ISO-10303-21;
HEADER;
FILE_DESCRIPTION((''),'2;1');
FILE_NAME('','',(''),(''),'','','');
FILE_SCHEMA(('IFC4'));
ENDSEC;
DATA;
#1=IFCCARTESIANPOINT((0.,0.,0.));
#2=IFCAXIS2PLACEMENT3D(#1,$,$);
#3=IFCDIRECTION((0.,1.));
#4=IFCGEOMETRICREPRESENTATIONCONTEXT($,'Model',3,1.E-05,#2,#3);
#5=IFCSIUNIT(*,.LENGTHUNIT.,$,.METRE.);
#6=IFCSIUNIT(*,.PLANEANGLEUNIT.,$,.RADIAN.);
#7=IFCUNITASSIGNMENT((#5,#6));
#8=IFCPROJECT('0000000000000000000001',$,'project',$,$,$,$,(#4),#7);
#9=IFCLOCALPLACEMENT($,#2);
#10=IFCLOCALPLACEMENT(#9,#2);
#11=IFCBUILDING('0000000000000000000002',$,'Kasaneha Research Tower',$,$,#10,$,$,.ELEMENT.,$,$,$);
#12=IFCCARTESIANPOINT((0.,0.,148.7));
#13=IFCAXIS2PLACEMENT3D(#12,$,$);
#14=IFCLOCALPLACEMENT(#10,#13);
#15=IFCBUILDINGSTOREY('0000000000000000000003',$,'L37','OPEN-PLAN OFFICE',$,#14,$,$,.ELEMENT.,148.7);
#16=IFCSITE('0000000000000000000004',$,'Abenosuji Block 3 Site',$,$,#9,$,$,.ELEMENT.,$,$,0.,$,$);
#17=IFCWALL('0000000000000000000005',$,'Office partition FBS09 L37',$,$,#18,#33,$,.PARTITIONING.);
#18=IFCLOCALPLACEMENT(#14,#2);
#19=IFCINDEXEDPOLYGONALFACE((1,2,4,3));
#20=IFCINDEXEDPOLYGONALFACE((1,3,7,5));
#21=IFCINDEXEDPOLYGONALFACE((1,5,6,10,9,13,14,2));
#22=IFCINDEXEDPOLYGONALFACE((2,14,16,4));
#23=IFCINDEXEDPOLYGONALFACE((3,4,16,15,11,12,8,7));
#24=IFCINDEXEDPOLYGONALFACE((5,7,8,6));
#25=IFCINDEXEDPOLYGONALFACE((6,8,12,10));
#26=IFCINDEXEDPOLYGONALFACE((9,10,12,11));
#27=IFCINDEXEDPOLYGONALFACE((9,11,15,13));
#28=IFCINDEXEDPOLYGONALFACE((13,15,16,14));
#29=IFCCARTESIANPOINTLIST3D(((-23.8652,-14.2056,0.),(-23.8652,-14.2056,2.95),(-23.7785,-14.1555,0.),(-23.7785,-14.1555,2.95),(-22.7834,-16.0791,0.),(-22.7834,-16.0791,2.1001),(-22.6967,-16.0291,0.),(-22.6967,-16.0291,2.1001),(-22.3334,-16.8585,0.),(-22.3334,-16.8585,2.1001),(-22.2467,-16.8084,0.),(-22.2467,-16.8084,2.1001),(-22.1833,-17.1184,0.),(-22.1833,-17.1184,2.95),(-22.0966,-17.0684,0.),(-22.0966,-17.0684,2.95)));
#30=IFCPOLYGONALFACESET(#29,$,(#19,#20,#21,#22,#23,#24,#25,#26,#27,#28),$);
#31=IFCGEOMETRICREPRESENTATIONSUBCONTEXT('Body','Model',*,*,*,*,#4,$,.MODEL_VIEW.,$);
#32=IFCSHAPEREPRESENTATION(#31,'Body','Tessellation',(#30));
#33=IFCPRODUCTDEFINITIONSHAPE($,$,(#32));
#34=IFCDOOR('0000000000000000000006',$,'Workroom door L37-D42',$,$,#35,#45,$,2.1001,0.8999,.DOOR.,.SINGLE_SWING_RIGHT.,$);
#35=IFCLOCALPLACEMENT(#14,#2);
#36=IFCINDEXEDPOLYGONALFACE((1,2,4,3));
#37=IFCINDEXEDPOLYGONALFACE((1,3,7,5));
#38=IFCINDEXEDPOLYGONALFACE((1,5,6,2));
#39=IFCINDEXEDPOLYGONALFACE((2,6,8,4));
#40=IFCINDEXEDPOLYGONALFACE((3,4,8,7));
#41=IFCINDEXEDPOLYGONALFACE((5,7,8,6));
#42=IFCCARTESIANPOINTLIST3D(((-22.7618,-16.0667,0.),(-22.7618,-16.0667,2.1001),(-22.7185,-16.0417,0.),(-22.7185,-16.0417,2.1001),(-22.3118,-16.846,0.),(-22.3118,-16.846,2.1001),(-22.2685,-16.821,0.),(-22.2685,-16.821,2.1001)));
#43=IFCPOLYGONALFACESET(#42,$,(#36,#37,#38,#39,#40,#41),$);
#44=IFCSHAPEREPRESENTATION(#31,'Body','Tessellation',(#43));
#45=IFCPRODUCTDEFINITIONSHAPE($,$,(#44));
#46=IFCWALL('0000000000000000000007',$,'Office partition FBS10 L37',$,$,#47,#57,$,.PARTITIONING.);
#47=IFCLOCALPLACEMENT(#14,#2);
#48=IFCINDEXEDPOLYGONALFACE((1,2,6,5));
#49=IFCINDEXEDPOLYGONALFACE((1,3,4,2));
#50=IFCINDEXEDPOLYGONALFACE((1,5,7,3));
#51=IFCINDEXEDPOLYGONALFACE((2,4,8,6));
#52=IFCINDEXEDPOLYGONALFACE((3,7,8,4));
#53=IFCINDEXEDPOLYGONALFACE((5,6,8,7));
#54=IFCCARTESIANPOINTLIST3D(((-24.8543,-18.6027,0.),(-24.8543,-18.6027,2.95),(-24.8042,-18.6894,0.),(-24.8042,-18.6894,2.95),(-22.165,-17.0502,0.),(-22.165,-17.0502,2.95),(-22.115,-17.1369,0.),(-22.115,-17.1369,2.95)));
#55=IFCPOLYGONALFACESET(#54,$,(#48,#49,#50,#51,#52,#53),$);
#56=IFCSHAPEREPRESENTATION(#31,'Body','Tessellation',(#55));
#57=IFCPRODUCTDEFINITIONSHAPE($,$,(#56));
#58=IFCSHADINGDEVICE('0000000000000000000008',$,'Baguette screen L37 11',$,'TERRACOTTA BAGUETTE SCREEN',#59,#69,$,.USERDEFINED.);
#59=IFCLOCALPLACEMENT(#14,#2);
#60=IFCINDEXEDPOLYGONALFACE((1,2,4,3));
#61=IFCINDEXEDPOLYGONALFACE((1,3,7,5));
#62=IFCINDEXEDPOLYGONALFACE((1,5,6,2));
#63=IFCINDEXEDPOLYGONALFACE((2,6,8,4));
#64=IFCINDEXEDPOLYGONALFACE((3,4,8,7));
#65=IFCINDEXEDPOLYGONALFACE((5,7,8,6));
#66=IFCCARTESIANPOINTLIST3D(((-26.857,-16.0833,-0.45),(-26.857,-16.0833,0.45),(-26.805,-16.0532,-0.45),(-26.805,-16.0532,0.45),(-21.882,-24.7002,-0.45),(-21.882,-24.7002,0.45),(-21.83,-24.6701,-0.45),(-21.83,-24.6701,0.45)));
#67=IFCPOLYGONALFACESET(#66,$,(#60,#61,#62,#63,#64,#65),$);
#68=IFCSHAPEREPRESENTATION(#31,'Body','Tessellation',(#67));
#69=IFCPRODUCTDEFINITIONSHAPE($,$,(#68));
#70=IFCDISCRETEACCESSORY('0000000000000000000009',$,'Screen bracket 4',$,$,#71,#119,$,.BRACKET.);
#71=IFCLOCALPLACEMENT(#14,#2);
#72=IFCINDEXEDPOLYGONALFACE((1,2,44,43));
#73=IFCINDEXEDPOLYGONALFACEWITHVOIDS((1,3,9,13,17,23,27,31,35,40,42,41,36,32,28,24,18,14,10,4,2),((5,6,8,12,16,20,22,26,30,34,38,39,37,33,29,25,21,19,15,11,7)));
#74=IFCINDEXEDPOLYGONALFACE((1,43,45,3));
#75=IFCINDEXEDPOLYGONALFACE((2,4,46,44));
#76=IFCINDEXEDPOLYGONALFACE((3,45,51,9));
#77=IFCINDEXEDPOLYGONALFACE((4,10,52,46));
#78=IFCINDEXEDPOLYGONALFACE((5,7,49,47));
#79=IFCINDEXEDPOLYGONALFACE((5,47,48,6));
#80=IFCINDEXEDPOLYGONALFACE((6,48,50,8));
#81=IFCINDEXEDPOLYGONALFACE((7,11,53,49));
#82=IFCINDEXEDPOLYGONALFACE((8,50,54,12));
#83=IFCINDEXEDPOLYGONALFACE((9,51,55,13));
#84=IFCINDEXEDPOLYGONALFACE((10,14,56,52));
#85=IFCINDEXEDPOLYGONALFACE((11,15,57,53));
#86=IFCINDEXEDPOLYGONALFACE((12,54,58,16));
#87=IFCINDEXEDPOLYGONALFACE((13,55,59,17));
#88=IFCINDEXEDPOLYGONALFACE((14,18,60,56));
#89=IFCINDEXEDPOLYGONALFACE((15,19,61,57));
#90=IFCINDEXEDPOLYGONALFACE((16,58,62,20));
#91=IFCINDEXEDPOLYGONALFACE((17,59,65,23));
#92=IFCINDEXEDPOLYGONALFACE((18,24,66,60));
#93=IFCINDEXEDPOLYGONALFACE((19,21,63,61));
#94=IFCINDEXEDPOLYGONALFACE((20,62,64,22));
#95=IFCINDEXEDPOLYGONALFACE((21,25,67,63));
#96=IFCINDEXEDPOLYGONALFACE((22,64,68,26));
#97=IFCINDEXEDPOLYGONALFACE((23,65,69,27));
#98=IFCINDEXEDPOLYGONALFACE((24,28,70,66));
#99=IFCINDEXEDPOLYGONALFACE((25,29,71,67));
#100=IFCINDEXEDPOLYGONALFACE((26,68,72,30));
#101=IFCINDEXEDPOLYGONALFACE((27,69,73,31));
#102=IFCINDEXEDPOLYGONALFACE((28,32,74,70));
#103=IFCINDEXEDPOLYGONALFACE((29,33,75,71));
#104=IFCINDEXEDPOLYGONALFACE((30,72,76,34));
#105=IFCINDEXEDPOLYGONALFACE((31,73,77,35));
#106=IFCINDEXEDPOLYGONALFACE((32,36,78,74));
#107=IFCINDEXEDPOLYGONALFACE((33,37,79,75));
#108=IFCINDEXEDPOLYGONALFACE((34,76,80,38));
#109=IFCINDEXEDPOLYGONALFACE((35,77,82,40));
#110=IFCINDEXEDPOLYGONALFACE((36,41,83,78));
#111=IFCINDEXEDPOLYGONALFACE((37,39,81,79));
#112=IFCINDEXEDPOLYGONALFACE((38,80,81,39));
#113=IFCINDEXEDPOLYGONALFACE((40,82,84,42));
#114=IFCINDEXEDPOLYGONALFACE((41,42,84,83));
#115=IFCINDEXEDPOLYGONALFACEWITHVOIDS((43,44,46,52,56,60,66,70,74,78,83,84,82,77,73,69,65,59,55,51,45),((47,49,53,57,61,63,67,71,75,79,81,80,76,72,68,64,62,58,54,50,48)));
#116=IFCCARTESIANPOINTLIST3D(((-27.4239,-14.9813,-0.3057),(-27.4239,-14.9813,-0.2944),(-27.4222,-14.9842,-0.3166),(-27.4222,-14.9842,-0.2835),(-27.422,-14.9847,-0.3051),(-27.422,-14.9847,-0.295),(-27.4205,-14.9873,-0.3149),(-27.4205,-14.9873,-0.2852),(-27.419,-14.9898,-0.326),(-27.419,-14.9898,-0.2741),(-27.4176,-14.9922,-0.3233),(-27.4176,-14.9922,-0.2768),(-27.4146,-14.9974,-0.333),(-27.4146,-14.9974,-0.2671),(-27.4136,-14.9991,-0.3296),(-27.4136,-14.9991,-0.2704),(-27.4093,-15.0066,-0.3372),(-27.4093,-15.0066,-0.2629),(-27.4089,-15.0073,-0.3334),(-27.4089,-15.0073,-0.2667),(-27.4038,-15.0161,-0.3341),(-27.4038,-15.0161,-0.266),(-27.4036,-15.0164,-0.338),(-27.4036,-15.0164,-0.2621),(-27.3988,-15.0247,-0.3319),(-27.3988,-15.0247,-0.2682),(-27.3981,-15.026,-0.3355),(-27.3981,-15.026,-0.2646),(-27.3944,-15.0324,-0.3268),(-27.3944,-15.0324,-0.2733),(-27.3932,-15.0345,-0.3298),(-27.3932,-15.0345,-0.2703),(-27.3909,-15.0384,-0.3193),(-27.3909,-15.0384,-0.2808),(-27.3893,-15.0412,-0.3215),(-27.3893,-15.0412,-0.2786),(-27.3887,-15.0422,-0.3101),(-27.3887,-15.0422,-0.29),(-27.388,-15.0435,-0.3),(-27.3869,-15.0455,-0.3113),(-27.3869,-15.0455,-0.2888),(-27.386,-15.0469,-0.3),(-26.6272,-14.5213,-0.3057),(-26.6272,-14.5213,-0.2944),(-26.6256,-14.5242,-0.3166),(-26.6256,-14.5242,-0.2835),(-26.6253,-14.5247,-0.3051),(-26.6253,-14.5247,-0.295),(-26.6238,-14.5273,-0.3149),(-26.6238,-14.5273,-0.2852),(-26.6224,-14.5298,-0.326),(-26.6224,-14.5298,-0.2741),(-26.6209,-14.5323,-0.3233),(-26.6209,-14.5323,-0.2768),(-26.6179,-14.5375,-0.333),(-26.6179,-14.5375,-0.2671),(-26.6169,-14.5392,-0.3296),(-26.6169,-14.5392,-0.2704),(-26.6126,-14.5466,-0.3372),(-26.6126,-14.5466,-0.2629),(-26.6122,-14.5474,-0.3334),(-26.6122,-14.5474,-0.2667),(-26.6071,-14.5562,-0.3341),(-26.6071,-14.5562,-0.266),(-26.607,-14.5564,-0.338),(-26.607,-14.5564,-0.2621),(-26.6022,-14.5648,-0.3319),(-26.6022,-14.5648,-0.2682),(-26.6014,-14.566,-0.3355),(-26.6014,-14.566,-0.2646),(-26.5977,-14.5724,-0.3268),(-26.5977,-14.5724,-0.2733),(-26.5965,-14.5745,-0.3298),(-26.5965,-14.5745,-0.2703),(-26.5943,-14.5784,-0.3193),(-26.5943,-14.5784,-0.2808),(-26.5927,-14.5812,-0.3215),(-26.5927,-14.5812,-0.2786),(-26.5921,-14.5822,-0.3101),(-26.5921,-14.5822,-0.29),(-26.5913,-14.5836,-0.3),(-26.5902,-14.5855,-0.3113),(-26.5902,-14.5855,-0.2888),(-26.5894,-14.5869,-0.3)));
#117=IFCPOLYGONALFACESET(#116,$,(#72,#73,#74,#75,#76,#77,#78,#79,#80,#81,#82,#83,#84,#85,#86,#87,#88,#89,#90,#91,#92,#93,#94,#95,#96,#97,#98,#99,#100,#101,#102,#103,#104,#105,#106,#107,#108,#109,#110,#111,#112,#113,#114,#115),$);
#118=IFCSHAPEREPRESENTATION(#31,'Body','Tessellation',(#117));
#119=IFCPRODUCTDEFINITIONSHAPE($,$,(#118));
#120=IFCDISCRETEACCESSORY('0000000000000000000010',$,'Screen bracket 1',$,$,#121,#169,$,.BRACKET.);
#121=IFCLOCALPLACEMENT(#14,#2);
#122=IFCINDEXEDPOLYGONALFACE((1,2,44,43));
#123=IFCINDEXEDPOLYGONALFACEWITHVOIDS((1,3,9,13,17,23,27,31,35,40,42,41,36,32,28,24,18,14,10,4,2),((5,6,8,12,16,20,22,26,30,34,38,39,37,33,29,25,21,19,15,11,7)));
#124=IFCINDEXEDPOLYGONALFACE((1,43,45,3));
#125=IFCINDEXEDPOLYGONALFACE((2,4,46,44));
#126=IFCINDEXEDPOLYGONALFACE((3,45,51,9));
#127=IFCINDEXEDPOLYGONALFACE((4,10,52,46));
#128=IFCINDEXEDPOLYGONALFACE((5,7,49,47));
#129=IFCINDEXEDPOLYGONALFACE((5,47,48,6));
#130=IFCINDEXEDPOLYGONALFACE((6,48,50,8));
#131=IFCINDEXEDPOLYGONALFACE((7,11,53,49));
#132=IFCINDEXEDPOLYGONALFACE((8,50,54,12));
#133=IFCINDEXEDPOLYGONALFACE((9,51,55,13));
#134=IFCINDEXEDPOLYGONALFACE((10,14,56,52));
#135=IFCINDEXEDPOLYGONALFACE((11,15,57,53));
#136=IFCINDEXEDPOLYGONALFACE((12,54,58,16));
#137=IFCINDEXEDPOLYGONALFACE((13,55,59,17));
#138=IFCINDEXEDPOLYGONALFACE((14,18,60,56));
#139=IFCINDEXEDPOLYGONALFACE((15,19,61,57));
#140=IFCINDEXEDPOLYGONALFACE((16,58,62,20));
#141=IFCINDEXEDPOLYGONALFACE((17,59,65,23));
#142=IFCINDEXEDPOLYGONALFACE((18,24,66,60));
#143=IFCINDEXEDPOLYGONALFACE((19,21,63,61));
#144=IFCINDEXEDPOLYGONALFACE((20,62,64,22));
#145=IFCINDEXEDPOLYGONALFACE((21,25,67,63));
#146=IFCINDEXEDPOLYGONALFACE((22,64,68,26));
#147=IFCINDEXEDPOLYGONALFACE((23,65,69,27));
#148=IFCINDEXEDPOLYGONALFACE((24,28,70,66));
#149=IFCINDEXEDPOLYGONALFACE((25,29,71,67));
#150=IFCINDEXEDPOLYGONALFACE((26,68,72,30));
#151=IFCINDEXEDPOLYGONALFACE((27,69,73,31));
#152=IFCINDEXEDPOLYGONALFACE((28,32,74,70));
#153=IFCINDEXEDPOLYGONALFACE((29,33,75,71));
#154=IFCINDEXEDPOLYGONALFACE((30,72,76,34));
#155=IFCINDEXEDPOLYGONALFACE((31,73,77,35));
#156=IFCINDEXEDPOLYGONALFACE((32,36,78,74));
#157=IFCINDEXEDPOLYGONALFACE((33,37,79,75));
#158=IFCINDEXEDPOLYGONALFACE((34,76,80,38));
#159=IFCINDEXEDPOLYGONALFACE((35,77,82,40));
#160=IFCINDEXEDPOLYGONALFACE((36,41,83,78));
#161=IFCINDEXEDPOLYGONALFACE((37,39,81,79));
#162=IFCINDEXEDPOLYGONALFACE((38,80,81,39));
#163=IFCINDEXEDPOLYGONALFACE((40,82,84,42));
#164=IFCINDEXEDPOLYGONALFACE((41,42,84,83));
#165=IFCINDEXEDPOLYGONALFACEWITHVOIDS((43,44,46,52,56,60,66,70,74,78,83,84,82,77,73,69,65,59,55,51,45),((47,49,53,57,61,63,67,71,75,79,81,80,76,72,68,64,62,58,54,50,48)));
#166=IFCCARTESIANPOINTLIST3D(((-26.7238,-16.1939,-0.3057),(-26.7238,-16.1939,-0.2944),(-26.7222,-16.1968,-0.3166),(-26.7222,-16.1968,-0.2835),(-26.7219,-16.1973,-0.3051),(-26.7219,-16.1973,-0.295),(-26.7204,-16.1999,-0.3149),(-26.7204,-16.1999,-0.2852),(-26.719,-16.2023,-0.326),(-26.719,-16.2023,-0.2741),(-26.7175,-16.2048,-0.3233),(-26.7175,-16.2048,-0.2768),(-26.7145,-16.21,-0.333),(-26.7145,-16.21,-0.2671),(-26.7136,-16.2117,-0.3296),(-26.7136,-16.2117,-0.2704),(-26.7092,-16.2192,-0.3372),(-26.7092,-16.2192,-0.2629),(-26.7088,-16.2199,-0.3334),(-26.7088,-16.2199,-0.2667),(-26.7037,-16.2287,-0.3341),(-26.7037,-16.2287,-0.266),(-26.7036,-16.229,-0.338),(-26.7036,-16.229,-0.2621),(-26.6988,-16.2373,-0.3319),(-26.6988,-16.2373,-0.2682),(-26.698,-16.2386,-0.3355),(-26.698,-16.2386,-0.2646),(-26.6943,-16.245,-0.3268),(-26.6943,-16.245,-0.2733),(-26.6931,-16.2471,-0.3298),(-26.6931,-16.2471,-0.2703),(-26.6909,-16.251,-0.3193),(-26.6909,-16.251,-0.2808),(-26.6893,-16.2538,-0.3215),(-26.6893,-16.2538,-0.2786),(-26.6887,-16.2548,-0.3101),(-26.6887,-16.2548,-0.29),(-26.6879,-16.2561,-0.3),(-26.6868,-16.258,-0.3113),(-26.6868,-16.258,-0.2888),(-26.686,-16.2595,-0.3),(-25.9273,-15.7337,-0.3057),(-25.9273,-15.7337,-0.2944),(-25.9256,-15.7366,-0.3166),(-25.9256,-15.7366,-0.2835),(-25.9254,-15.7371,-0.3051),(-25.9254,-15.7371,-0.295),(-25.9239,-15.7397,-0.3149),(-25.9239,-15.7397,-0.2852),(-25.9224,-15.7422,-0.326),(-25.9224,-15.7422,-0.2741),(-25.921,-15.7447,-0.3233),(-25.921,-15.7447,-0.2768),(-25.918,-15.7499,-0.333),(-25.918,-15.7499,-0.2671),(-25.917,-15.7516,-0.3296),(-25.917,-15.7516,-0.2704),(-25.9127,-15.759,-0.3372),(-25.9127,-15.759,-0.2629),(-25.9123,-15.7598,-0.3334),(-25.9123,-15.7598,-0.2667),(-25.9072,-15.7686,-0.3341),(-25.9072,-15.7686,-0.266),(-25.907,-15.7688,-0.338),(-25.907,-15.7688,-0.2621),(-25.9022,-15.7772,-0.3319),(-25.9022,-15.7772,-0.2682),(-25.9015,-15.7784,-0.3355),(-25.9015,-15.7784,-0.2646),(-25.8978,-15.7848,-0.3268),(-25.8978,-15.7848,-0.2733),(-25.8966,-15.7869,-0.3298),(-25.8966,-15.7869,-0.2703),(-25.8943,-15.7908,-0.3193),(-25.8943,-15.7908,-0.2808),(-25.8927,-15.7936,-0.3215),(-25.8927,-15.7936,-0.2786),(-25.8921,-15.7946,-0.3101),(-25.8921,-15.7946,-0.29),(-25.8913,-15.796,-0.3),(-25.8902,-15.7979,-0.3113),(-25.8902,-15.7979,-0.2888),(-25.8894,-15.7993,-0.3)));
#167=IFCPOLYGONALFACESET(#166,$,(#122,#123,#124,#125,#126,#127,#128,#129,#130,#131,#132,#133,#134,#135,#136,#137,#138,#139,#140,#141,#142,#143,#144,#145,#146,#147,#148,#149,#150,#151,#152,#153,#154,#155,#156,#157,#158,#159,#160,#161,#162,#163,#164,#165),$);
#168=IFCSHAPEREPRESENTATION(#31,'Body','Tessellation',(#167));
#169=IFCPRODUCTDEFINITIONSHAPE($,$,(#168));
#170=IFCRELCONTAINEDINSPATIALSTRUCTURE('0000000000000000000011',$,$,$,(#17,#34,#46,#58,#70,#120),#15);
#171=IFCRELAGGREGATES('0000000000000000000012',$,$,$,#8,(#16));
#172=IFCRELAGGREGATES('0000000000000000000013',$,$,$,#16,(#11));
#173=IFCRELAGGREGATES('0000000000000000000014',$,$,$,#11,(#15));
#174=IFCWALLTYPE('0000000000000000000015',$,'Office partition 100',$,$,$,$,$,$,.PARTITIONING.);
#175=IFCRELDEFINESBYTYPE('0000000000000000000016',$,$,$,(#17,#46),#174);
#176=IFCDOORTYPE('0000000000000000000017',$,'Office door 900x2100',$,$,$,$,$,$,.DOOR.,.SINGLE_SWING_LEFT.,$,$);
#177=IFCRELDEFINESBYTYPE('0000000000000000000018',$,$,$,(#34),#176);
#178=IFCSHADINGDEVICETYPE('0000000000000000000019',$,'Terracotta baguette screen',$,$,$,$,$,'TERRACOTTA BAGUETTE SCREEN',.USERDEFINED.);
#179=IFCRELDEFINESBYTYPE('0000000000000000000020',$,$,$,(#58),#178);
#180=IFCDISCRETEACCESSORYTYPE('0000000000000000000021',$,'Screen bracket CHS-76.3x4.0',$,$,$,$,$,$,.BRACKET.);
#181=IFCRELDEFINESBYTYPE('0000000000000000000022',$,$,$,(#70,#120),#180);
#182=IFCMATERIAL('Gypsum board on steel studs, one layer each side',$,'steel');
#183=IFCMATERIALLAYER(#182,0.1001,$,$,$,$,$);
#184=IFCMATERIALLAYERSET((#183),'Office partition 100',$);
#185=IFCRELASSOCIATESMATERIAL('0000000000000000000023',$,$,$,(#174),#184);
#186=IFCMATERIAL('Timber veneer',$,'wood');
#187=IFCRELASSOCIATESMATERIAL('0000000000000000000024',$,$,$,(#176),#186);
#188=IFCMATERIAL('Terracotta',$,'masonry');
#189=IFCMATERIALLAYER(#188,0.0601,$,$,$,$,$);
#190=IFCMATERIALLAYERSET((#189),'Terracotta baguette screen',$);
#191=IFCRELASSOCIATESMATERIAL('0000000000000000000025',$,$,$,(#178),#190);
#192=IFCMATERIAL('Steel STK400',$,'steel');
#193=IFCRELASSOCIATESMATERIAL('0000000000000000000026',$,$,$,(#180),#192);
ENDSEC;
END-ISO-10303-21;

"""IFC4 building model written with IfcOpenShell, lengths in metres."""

from ifc_helpers import new_model, si_unit, direction, frame, frame_2d, origin, origin_2d, place, context, subcontext, project, spatial, rectangle, hollow_circle, extrude, material, layer, layer_set, material_profile, profile_set, type_object, element, fill, save


model = new_model("IFC4")

# Units and contexts
model_context = context("Model", 3, precision=1e-05, world=origin(), true_north=direction((0.0, 1.0)))
body_context = subcontext(model_context, "Body", "Model", "MODEL_VIEW")
ifc_project = project(units=[si_unit("LENGTHUNIT", "METRE"), si_unit("PLANEANGLEUNIT", "RADIAN")], contexts=[model_context])

# Site, building, storey
site_placement = place(None, origin())
site = spatial("IfcSite", under=ifc_project, at=site_placement, Name="Abenosuji Block 3 Site", CompositionType="ELEMENT", RefElevation=0.0)
building_placement = place(site_placement, origin())
building = spatial("IfcBuilding", under=site, at=building_placement, Name="Kasaneha Research Tower", CompositionType="ELEMENT")
storey_placement = place(building_placement, frame((0.0, 0.0, 148.7)))
storey = spatial("IfcBuildingStorey", under=building, at=storey_placement, Name="L37", Description="OPEN-PLAN OFFICE", CompositionType="ELEMENT", Elevation=148.7)

# Shared definitions
ifc_material_1 = material(Name="Gypsum board on steel studs, one layer each side", Category="steel")
ifc_layer_1 = layer(ifc_material_1, 0.1001)
ifc_layer_set_1 = layer_set([ifc_layer_1], Name="Office partition 100")
wall_type = type_object("IfcWallType", Name="Office partition 100", PredefinedType="PARTITIONING", material=ifc_layer_set_1)
ifc_material_2 = material(Name="Timber veneer", Category="wood")
door_type = type_object("IfcDoorType", Name="Office door 900x2100", OperationType="SINGLE_SWING_LEFT", PredefinedType="DOOR", material=ifc_material_2)

# Wall, opening, door
wall_1_placement = place(storey_placement, frame((-23.8218, -14.1807, 0.0), z_axis=(0.0, 0.0, 1.0), x_axis=(0.500035, -0.866005, 0.0)))
wall_1 = element("IfcWall", 1, at=wall_1_placement, inside=storey, type_object=wall_type, Name="Office partition FBS09 L37", PredefinedType="PARTITIONING", context=body_context, shape_type="SweptSolid", body=[
    extrude(rectangle(XDim=3.3635, YDim=0.1001, at=frame_2d((1.6816, 0.0))), origin(), (0.0, 0.0, 1.0), 2.95),
])
opening_1_placement = place(wall_1_placement, frame((2.1633, 0.0, 0.0)))
opening_1 = element("IfcOpeningElement", 2, at=opening_1_placement, cuts=wall_1, PredefinedType="OPENING", context=body_context, shape_type="SweptSolid", body=[
    extrude(rectangle(XDim=0.8999, YDim=2.1001, at=frame_2d((0.45, 1.05))), frame((0.0, 0.0601, 0.0), z_axis=(0.0, -1.0, 0.0), x_axis=(1.0, 0.0, 0.0)), (0.0, 0.0, 1.0), 0.1201),
])
door_1_placement = place(opening_1_placement, origin())
door_1 = element("IfcDoor", 3, at=door_1_placement, inside=storey, type_object=door_type, Name="Workroom door L37-D42", OperationType="SINGLE_SWING_RIGHT", OverallHeight=2.1001, OverallWidth=0.8999, PredefinedType="DOOR", context=body_context, shape_type="SweptSolid", body=[
    extrude(rectangle(XDim=0.8999, YDim=2.1001, at=frame_2d((0.45, 1.05))), frame((0.0, 0.0249, 0.0), z_axis=(0.0, -1.0, 0.0), x_axis=(1.0, 0.0, 0.0)), (0.0, 0.0, 1.0), 0.05),
])
fill(opening_1, door_1)

# Wall
wall_2_placement = place(storey_placement, frame((-22.1399, -17.0935, 0.0), z_axis=(0.0, 0.0, 1.0), x_axis=(-0.866043, -0.49997, 0.0)))
element("IfcWall", 4, at=wall_2_placement, inside=storey, type_object=wall_type, Name="Office partition FBS10 L37", PredefinedType="PARTITIONING", context=body_context, shape_type="SweptSolid", body=[
    extrude(rectangle(XDim=3.1052, YDim=0.1001, at=frame_2d((1.5527, 0.0))), origin(), (0.0, 0.0, 1.0), 2.95),
])

# Shading device
ifc_material_3 = material(Name="Terracotta", Category="masonry")
ifc_layer_2 = layer(ifc_material_3, 0.0601)
ifc_layer_set_2 = layer_set([ifc_layer_2], Name="Terracotta baguette screen")
shading_device_type = type_object("IfcShadingDeviceType", Name="Terracotta baguette screen", ElementType="TERRACOTTA BAGUETTE SCREEN", PredefinedType="USERDEFINED", material=ifc_layer_set_2)
shading_device_placement = place(storey_placement, frame((-24.3435, -20.3767, -0.45), z_axis=(0.0, 0.0, 1.0), x_axis=(0.5, -0.866025, 0.0)))
element("IfcShadingDevice", 5, at=shading_device_placement, inside=storey, type_object=shading_device_type, Name="Baguette screen L37 11", ObjectType="TERRACOTTA BAGUETTE SCREEN", PredefinedType="USERDEFINED", context=body_context, shape_type="SweptSolid", body=[
    extrude(rectangle(XDim=9.95, YDim=0.0601, at=origin_2d()), origin(), (0.0, 0.0, 1.0), 0.8999),
])

# Discrete accessories
ifc_material_4 = material(Name="Steel STK400", Category="steel")
ifc_material_profile_1 = material_profile(ifc_material_4, hollow_circle(Radius=0.0381, WallThickness=0.0039, at=origin_2d()), Name="CHS-76.3x4.0")
ifc_profile_set_1 = profile_set([ifc_material_profile_1], Name="Steel STK400")
discrete_accessory_type = type_object("IfcDiscreteAccessoryType", Name="Screen bracket CHS-76.3x4.0", PredefinedType="BRACKET", material=ifc_profile_set_1)
for number, where, z_axis, x_axis, name in (
    (6, (-26.6084, -14.554, -0.3), (-0.866013, -0.500021, 0.0), (0.500021, -0.866013, 0.0), "Screen bracket 4"),
    (7, (-25.9084, -15.7664, -0.3), (-0.865898, -0.50022, 0.0), (0.50022, -0.865898, 0.0), "Screen bracket 1"),
):
    element("IfcDiscreteAccessory", number, at=place(storey_placement, frame(where, z_axis=z_axis, x_axis=x_axis)), inside=storey, type_object=discrete_accessory_type, Name=name, PredefinedType="BRACKET", context=body_context, shape_type="SweptSolid", body=[
        extrude(hollow_circle(Radius=0.0381, WallThickness=0.0039, at=origin_2d()), origin(), (0.0, 0.0, 1.0), 0.9199),
    ])

save(model, "model.ifc")
